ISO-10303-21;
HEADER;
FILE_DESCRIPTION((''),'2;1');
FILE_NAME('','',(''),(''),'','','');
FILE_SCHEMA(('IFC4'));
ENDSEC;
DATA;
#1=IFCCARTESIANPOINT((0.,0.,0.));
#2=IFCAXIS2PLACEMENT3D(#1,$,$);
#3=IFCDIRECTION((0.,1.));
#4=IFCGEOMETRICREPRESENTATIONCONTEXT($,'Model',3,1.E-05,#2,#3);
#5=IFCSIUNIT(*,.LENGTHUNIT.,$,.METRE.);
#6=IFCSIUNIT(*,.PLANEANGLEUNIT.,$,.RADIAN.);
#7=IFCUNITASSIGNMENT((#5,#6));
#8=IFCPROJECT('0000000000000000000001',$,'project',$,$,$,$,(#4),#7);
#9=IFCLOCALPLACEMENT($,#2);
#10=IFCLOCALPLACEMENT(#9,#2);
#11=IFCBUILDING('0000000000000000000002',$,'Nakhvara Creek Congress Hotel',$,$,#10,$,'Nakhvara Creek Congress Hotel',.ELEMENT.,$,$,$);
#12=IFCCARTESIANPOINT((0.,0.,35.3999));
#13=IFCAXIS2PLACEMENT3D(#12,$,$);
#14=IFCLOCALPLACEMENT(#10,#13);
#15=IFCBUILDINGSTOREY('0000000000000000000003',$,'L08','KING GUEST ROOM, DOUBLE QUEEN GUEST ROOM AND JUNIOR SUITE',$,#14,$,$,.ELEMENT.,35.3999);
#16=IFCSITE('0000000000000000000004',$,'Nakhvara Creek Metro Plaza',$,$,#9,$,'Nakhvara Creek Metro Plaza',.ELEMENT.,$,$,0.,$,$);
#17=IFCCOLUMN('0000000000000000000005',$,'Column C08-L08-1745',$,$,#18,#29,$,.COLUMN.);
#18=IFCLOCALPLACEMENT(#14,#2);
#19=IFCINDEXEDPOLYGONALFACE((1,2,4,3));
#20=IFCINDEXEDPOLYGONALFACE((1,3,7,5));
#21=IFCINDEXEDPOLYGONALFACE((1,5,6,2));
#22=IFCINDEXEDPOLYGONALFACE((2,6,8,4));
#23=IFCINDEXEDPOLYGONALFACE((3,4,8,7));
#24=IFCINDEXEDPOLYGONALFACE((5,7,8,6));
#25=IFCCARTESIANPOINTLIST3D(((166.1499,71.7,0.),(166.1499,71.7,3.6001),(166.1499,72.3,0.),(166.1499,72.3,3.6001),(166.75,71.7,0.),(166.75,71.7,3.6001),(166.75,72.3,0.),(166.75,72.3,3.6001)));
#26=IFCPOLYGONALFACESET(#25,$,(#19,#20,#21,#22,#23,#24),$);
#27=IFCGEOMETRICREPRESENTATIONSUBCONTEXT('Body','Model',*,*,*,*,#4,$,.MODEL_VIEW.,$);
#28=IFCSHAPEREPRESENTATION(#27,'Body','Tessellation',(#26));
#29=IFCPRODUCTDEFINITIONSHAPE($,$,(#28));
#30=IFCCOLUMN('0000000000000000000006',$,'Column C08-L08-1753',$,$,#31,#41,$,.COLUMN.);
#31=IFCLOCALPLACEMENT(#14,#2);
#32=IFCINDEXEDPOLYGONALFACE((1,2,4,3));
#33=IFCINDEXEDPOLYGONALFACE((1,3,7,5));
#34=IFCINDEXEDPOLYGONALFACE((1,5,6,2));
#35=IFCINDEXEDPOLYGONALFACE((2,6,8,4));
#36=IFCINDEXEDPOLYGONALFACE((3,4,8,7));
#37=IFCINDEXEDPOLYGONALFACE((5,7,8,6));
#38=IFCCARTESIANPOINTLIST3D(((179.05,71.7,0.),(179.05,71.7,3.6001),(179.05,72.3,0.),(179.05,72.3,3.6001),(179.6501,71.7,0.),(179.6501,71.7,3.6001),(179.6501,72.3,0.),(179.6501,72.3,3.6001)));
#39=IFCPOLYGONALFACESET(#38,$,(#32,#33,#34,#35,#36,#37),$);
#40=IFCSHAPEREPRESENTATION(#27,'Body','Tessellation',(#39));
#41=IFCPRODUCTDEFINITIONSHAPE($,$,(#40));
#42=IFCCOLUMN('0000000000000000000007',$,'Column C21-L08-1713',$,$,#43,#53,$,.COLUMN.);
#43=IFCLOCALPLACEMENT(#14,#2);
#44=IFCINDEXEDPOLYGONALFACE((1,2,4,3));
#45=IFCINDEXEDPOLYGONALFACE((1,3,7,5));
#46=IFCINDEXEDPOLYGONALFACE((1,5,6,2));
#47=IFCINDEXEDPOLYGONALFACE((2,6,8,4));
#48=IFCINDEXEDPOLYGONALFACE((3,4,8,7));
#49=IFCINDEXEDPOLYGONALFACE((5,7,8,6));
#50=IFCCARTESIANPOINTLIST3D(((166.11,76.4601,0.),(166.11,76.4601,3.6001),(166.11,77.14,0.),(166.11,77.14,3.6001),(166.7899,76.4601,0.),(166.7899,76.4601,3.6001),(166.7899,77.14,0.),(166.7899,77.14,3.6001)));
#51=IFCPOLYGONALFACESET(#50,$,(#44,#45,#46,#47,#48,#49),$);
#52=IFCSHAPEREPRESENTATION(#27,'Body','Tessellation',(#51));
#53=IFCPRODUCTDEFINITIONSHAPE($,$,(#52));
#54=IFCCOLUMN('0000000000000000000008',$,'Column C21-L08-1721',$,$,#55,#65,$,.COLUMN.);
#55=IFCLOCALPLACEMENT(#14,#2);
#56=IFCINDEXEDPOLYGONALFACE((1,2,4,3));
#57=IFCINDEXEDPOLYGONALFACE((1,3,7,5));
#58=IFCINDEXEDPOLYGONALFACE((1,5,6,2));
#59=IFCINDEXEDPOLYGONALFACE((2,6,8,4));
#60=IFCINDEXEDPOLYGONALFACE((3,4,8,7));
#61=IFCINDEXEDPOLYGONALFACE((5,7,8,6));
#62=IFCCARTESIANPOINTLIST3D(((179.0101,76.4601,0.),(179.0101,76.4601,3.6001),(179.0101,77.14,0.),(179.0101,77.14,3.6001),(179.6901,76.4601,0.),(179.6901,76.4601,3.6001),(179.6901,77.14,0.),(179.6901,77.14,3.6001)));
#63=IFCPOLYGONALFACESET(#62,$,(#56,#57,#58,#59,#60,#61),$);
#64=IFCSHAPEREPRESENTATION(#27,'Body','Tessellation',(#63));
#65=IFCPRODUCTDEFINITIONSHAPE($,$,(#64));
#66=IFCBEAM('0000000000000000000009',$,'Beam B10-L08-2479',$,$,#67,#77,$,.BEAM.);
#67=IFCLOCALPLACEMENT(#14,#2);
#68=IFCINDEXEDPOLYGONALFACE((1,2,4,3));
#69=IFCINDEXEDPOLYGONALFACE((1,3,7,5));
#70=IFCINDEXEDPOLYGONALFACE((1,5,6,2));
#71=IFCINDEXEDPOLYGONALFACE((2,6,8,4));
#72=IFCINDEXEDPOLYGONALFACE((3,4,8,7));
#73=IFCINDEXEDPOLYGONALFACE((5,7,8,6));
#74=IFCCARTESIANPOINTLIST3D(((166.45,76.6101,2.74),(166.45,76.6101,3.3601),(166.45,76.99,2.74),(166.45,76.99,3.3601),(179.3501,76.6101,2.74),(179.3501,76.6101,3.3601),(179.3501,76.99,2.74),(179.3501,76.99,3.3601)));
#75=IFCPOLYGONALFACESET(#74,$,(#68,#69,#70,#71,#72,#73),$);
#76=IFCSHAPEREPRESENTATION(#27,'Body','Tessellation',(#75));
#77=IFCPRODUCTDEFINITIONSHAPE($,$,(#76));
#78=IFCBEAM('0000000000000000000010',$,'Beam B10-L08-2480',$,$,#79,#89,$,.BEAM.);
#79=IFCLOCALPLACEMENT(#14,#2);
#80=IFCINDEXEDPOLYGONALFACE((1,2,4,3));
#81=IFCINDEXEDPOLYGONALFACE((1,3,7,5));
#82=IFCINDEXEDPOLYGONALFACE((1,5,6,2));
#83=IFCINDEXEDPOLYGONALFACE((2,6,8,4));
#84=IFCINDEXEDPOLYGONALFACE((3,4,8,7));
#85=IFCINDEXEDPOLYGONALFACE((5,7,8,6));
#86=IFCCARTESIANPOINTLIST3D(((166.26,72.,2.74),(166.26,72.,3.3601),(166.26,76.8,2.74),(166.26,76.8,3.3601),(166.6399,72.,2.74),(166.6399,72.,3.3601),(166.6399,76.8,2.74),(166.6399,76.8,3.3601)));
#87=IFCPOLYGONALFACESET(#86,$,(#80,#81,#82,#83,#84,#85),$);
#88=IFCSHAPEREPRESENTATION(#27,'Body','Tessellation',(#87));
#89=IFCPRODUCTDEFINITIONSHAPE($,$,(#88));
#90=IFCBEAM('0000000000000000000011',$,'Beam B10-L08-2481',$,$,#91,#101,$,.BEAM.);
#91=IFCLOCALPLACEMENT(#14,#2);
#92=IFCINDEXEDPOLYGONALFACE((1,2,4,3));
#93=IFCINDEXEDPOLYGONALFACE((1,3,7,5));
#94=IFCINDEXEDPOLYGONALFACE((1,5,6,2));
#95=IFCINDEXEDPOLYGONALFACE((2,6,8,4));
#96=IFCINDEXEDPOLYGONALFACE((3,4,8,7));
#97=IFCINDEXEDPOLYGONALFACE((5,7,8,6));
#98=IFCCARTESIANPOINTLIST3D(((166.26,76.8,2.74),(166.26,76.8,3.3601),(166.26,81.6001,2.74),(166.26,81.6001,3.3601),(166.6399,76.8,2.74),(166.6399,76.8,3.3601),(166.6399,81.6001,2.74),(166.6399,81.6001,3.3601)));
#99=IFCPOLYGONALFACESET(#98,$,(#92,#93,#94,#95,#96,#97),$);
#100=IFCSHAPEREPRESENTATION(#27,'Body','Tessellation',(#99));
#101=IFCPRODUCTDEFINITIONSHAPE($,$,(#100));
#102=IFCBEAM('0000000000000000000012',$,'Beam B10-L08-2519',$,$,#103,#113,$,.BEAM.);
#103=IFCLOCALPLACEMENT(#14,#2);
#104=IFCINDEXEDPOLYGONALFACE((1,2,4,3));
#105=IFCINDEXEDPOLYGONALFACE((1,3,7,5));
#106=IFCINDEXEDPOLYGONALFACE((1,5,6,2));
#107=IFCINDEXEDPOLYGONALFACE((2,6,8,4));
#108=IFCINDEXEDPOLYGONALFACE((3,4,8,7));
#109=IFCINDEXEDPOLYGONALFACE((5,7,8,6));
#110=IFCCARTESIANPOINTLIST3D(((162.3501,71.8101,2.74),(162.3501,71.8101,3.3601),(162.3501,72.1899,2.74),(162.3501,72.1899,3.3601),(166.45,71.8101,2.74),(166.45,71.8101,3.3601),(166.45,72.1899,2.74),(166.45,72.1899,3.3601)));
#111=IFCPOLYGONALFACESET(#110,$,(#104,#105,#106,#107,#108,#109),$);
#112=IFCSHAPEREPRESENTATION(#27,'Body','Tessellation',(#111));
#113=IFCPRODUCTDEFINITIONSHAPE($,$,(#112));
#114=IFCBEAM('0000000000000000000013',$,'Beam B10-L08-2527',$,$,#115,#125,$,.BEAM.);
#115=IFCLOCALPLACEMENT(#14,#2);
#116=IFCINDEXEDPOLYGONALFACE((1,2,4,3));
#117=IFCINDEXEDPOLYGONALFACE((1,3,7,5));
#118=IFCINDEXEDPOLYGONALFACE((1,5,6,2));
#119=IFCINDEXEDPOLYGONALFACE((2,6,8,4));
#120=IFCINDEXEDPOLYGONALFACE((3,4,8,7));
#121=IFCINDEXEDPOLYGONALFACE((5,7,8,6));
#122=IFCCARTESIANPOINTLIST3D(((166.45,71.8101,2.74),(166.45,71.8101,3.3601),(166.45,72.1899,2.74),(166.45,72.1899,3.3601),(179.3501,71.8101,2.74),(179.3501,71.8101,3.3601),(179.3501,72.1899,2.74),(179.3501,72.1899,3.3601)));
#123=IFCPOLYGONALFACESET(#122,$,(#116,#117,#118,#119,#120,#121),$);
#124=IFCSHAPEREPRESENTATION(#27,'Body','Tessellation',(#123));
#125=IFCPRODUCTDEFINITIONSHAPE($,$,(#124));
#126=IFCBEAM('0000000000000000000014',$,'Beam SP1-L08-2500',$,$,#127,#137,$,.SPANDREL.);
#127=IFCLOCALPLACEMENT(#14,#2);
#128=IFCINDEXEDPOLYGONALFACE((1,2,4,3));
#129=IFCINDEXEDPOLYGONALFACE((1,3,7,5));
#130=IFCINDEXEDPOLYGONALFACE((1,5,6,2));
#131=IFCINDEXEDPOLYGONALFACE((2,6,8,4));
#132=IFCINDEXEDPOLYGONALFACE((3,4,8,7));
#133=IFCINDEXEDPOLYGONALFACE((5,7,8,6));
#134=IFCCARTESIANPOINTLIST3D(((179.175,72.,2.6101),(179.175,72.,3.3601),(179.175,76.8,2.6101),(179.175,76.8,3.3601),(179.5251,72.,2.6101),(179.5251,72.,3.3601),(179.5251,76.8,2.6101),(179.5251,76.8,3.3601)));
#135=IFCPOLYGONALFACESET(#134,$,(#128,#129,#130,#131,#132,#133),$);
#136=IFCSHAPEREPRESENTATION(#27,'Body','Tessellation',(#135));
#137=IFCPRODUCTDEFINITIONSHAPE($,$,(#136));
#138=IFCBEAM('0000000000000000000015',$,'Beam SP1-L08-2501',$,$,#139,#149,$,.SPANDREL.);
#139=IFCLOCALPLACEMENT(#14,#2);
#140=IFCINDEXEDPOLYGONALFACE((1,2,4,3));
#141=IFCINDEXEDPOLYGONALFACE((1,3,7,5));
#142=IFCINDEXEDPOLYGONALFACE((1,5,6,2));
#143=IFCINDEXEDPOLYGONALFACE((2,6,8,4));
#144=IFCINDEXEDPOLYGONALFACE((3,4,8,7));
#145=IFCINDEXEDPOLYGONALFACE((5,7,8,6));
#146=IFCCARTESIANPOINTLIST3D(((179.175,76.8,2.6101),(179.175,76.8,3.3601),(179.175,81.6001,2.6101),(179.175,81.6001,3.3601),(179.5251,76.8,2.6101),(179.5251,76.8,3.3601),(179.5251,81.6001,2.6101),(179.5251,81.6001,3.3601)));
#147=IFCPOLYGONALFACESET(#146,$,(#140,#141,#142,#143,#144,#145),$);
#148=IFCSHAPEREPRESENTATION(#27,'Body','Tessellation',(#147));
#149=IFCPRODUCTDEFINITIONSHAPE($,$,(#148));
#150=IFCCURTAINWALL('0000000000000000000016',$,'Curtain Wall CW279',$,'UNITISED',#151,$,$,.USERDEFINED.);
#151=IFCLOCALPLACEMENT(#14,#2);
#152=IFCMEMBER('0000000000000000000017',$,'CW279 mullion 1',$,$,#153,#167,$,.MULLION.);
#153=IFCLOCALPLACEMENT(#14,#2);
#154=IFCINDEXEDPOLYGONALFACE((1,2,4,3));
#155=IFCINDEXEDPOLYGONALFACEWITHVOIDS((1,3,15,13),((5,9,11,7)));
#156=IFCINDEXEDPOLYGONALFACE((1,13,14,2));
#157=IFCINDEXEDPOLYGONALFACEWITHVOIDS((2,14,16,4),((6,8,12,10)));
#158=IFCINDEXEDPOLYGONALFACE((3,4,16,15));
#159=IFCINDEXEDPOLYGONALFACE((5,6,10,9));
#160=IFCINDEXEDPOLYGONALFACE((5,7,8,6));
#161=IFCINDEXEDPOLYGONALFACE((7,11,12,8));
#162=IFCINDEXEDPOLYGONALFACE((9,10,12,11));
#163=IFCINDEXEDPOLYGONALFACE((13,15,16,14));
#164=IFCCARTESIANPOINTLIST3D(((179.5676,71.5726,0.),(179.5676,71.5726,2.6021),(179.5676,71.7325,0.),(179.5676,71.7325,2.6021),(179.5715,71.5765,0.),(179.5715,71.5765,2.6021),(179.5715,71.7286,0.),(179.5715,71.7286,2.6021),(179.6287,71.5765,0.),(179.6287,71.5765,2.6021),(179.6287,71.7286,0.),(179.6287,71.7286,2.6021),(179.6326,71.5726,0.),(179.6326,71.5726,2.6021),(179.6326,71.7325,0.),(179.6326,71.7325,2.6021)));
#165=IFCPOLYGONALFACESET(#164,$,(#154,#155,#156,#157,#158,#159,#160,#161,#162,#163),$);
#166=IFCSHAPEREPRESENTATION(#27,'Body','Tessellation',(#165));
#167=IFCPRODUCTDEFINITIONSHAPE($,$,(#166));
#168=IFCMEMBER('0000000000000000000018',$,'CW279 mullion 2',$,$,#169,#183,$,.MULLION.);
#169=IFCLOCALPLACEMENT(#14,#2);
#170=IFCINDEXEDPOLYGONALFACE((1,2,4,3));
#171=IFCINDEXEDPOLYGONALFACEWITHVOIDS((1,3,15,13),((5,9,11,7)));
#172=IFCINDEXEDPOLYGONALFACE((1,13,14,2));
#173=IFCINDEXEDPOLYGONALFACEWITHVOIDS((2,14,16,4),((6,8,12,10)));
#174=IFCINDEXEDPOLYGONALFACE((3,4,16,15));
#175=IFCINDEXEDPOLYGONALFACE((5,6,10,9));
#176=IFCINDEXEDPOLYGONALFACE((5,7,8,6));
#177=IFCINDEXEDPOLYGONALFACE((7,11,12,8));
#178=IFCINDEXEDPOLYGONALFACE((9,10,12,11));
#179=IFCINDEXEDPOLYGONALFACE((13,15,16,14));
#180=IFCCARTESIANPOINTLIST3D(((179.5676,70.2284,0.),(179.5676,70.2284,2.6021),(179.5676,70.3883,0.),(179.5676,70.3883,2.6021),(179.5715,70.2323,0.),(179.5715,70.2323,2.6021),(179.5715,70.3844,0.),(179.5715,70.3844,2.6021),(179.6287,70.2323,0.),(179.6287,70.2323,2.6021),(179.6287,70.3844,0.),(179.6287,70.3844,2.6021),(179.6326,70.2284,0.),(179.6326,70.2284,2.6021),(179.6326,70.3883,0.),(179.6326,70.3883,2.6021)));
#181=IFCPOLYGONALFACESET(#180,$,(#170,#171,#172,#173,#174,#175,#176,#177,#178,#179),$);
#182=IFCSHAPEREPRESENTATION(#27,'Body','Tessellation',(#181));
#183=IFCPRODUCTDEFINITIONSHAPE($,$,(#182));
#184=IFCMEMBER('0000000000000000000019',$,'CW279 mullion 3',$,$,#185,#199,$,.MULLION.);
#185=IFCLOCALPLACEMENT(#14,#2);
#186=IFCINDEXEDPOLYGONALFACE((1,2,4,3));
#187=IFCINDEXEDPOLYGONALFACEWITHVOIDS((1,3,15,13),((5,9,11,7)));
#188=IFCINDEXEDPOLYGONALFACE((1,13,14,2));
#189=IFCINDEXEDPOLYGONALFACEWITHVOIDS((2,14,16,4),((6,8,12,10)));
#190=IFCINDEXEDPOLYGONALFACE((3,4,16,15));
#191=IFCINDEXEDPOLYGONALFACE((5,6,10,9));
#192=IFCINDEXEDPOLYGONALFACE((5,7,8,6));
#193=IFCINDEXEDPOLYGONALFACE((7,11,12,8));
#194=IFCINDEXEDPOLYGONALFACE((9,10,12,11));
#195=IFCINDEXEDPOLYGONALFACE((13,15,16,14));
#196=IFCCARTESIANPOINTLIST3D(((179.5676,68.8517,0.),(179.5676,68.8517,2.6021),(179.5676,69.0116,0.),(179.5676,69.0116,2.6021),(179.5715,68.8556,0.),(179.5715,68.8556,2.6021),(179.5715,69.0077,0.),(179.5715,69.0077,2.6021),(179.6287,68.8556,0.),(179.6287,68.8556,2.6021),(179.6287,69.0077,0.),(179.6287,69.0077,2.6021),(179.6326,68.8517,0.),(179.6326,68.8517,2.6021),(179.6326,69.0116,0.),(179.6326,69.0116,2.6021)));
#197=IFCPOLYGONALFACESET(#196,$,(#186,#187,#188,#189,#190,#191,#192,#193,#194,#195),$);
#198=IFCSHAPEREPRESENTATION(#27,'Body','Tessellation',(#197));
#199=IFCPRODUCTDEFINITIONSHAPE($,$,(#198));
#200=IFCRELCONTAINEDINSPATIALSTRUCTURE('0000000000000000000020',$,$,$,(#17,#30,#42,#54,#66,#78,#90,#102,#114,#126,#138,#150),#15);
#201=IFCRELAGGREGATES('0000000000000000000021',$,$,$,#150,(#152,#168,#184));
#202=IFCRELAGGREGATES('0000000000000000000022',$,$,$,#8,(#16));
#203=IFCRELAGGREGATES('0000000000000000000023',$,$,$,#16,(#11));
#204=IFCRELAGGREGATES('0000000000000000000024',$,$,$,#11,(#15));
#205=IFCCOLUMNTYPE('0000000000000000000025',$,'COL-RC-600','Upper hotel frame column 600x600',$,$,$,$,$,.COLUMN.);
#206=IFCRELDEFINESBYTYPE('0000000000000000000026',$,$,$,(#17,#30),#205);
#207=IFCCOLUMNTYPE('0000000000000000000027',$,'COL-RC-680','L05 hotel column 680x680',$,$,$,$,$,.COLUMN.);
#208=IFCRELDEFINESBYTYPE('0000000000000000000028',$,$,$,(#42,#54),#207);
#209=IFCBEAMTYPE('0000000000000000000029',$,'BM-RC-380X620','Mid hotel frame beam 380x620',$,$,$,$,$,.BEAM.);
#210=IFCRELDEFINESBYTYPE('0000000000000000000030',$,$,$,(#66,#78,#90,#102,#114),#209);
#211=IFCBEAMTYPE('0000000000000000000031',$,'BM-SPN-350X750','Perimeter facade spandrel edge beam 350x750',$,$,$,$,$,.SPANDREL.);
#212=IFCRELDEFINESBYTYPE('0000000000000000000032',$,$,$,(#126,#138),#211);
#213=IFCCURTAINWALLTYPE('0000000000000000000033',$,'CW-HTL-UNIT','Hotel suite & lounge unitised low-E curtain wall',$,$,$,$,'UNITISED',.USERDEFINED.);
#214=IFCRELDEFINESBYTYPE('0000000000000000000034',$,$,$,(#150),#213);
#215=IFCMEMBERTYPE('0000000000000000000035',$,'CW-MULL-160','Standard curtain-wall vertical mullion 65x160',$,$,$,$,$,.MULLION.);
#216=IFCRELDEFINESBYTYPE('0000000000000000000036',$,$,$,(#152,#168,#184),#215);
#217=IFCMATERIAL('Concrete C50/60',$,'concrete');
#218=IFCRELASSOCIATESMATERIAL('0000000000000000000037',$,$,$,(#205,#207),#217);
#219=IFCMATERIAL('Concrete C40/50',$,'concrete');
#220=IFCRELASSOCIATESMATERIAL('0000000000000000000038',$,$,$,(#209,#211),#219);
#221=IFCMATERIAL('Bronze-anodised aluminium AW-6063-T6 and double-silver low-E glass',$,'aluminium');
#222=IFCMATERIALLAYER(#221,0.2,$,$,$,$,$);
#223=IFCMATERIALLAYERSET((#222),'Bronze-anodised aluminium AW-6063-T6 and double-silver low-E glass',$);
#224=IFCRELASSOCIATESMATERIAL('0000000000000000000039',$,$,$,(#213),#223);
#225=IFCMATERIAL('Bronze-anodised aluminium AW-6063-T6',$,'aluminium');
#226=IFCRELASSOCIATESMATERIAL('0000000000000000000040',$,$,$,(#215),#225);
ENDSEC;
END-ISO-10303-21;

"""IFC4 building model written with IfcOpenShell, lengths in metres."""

from ifc_helpers import new_model, si_unit, direction, frame, origin, origin_2d, place, context, subcontext, project, spatial, rectangle, hollow_rectangle, extrude, material, layer, layer_set, material_profile, profile_set, type_object, element, aggregate, save


model = new_model("IFC4")

# Units and contexts
model_context = context("Model", 3, precision=1e-05, world=origin(), true_north=direction((0.0, 1.0)))
body_context = subcontext(model_context, "Body", "Model", "MODEL_VIEW")
ifc_project = project(units=[si_unit("LENGTHUNIT", "METRE"), si_unit("PLANEANGLEUNIT", "RADIAN")], contexts=[model_context])

# Site, building, storey
site_placement = place(None, origin())
site = spatial("IfcSite", under=ifc_project, at=site_placement, Name="Nakhvara Creek Metro Plaza", LongName="Nakhvara Creek Metro Plaza", CompositionType="ELEMENT", RefElevation=0.0)
building_placement = place(site_placement, origin())
building = spatial("IfcBuilding", under=site, at=building_placement, Name="Nakhvara Creek Congress Hotel", LongName="Nakhvara Creek Congress Hotel", CompositionType="ELEMENT")
storey_placement = place(building_placement, frame((0.0, 0.0, 35.3999)))
storey = spatial("IfcBuildingStorey", under=building, at=storey_placement, Name="L08", Description="KING GUEST ROOM, DOUBLE QUEEN GUEST ROOM AND JUNIOR SUITE", CompositionType="ELEMENT", Elevation=35.3999)

# Columns
ifc_material_1 = material(Name="Concrete C50/60", Category="concrete")
ifc_material_profile_1 = material_profile(ifc_material_1, rectangle(XDim=0.6001, YDim=0.6001, at=origin_2d()), Name="RC-COL 600x600", Category="LoadBearing")
ifc_profile_set_1 = profile_set([ifc_material_profile_1], Name="Concrete C50/60")
column_type_1 = type_object("IfcColumnType", Name="COL-RC-600", Description="Upper hotel frame column 600x600", PredefinedType="COLUMN", material=ifc_profile_set_1)
for number, where, z_axis, x_axis, name in (
    (1, (166.45, 72.0, 0.0), (0.0, 0.0, 1.0), (1.0, 0.0, 0.0), "Column C08-L08-1745"),
    (2, (179.3501, 72.0, 0.0), (0.0, 0.0, 1.0), (1.0, 0.0, 0.0), "Column C08-L08-1753"),
):
    element("IfcColumn", number, at=place(storey_placement, frame(where, z_axis=z_axis, x_axis=x_axis)), inside=storey, type_object=column_type_1, Name=name, PredefinedType="COLUMN", context=body_context, shape_type="SweptSolid", body=[
        extrude(rectangle(XDim=0.6001, YDim=0.6001, at=origin_2d()), origin(), (0.0, 0.0, 1.0), 3.6001),
    ])
ifc_material_profile_2 = material_profile(ifc_material_1, rectangle(XDim=0.6799, YDim=0.6799, at=origin_2d()), Name="RC-COL 680x680", Category="LoadBearing")
ifc_profile_set_2 = profile_set([ifc_material_profile_2], Name="Concrete C50/60")
column_type_2 = type_object("IfcColumnType", Name="COL-RC-680", Description="L05 hotel column 680x680", PredefinedType="COLUMN", material=ifc_profile_set_2)
for number, where, z_axis, x_axis, name in (
    (3, (166.45, 76.8, 0.0), (0.0, 0.0, 1.0), (1.0, 0.0, 0.0), "Column C21-L08-1713"),
    (4, (179.3501, 76.8, 0.0), (0.0, 0.0, 1.0), (1.0, 0.0, 0.0), "Column C21-L08-1721"),
):
    element("IfcColumn", number, at=place(storey_placement, frame(where, z_axis=z_axis, x_axis=x_axis)), inside=storey, type_object=column_type_2, Name=name, PredefinedType="COLUMN", context=body_context, shape_type="SweptSolid", body=[
        extrude(rectangle(XDim=0.6799, YDim=0.6799, at=origin_2d()), origin(), (0.0, 0.0, 1.0), 3.6001),
    ])

# Beams
ifc_material_2 = material(Name="Concrete C40/50", Category="concrete")
ifc_material_profile_3 = material_profile(ifc_material_2, rectangle(XDim=0.3799, YDim=0.6201, at=origin_2d()), Name="RC-BM 380x620", Category="LoadBearing")
ifc_profile_set_3 = profile_set([ifc_material_profile_3], Name="Concrete C40/50")
beam_type_1 = type_object("IfcBeamType", Name="BM-RC-380X620", Description="Mid hotel frame beam 380x620", PredefinedType="BEAM", material=ifc_profile_set_3)
beam_1_placement = place(storey_placement, frame((166.45, 76.8, 3.05), z_axis=(1.0, 0.0, 0.0), x_axis=(0.0, 1.0, 0.0)))
element("IfcBeam", 5, at=beam_1_placement, inside=storey, type_object=beam_type_1, Name="Beam B10-L08-2479", PredefinedType="BEAM", context=body_context, shape_type="SweptSolid", body=[
    extrude(rectangle(XDim=0.3799, YDim=0.6201, at=origin_2d()), origin(), (0.0, 0.0, 1.0), 12.9001),
])
for number, where, z_axis, x_axis, name in (
    (6, (166.45, 72.0, 3.05), (0.0, 1.0, 0.0), (-1.0, 0.0, 0.0), "Beam B10-L08-2480"),
    (7, (166.45, 76.8, 3.05), (0.0, 1.0, 0.0), (-1.0, 0.0, 0.0), "Beam B10-L08-2481"),
):
    element("IfcBeam", number, at=place(storey_placement, frame(where, z_axis=z_axis, x_axis=x_axis)), inside=storey, type_object=beam_type_1, Name=name, PredefinedType="BEAM", context=body_context, shape_type="SweptSolid", body=[
        extrude(rectangle(XDim=0.3799, YDim=0.6201, at=origin_2d()), origin(), (0.0, 0.0, 1.0), 4.8),
    ])
beam_2_placement = place(storey_placement, frame((162.3501, 72.0, 3.05), z_axis=(1.0, 0.0, 0.0), x_axis=(0.0, 1.0, 0.0)))
element("IfcBeam", 8, at=beam_2_placement, inside=storey, type_object=beam_type_1, Name="Beam B10-L08-2519", PredefinedType="BEAM", context=body_context, shape_type="SweptSolid", body=[
    extrude(rectangle(XDim=0.3799, YDim=0.6201, at=origin_2d()), origin(), (0.0, 0.0, 1.0), 4.0999),
])
beam_3_placement = place(storey_placement, frame((166.45, 72.0, 3.05), z_axis=(1.0, 0.0, 0.0), x_axis=(0.0, 1.0, 0.0)))
element("IfcBeam", 9, at=beam_3_placement, inside=storey, type_object=beam_type_1, Name="Beam B10-L08-2527", PredefinedType="BEAM", context=body_context, shape_type="SweptSolid", body=[
    extrude(rectangle(XDim=0.3799, YDim=0.6201, at=origin_2d()), origin(), (0.0, 0.0, 1.0), 12.9001),
])
ifc_material_profile_4 = material_profile(ifc_material_2, rectangle(XDim=0.3501, YDim=0.75, at=origin_2d()), Name="RC-SPANDREL 350x750", Category="LoadBearing")
ifc_profile_set_4 = profile_set([ifc_material_profile_4], Name="Concrete C40/50")
beam_type_2 = type_object("IfcBeamType", Name="BM-SPN-350X750", Description="Perimeter facade spandrel edge beam 350x750", PredefinedType="SPANDREL", material=ifc_profile_set_4)
for number, where, z_axis, x_axis, name in (
    (10, (179.3501, 72.0, 2.9851), (0.0, 1.0, 0.0), (-1.0, 0.0, 0.0), "Beam SP1-L08-2500"),
    (11, (179.3501, 76.8, 2.9851), (0.0, 1.0, 0.0), (-1.0, 0.0, 0.0), "Beam SP1-L08-2501"),
):
    element("IfcBeam", number, at=place(storey_placement, frame(where, z_axis=z_axis, x_axis=x_axis)), inside=storey, type_object=beam_type_2, Name=name, PredefinedType="SPANDREL", context=body_context, shape_type="SweptSolid", body=[
        extrude(rectangle(XDim=0.3501, YDim=0.75, at=origin_2d()), origin(), (0.0, 0.0, 1.0), 4.8),
    ])

# Curtain wall, members
ifc_material_3 = material(Name="Bronze-anodised aluminium AW-6063-T6 and double-silver low-E glass", Category="aluminium")
ifc_layer_1 = layer(ifc_material_3, 0.2)
ifc_layer_set_1 = layer_set([ifc_layer_1], Name="Bronze-anodised aluminium AW-6063-T6 and double-silver low-E glass")
curtain_wall_type = type_object("IfcCurtainWallType", Name="CW-HTL-UNIT", Description="Hotel suite & lounge unitised low-E curtain wall", ElementType="UNITISED", PredefinedType="USERDEFINED", material=ifc_layer_set_1)
curtain_wall_1_placement = place(storey_placement, origin())
curtain_wall_1 = element("IfcCurtainWall", 12, at=curtain_wall_1_placement, inside=storey, type_object=curtain_wall_type, Name="Curtain Wall CW279", ObjectType="UNITISED", PredefinedType="USERDEFINED")
ifc_material_4 = material(Name="Bronze-anodised aluminium AW-6063-T6", Category="aluminium")
ifc_material_profile_5 = material_profile(ifc_material_4, hollow_rectangle(XDim=0.0649, YDim=0.1599, WallThickness=0.0039, at=origin_2d()), Name="ALU-MULL 65x160x4", Category="LoadBearing")
ifc_profile_set_5 = profile_set([ifc_material_profile_5], Name="Bronze-anodised aluminium AW-6063-T6")
member_type_1 = type_object("IfcMemberType", Name="CW-MULL-160", Description="Standard curtain-wall vertical mullion 65x160", PredefinedType="MULLION", material=ifc_profile_set_5)
member_1_placement = place(storey_placement, frame((179.6001, 71.6526, 0.0), z_axis=(0.0, 0.0, 1.0), x_axis=(1.0, 0.0, 0.0)))
member_1 = element("IfcMember", 13, at=member_1_placement, type_object=member_type_1, Name="CW279 mullion 1", PredefinedType="MULLION", context=body_context, shape_type="SweptSolid", body=[
    extrude(hollow_rectangle(XDim=0.0649, YDim=0.1599, WallThickness=0.0039, at=origin_2d()), origin(), (0.0, 0.0, 1.0), 2.6021),
])
member_2_placement = place(storey_placement, frame((179.6001, 70.3083, 0.0), z_axis=(0.0, 0.0, 1.0), x_axis=(1.0, 0.0, 0.0)))
member_2 = element("IfcMember", 14, at=member_2_placement, type_object=member_type_1, Name="CW279 mullion 2", PredefinedType="MULLION", context=body_context, shape_type="SweptSolid", body=[
    extrude(hollow_rectangle(XDim=0.0649, YDim=0.1599, WallThickness=0.0039, at=origin_2d()), origin(), (0.0, 0.0, 1.0), 2.6021),
])
member_3_placement = place(storey_placement, frame((179.6001, 68.9316, 0.0), z_axis=(0.0, 0.0, 1.0), x_axis=(1.0, 0.0, 0.0)))
member_3 = element("IfcMember", 15, at=member_3_placement, type_object=member_type_1, Name="CW279 mullion 3", PredefinedType="MULLION", context=body_context, shape_type="SweptSolid", body=[
    extrude(hollow_rectangle(XDim=0.0649, YDim=0.1599, WallThickness=0.0039, at=origin_2d()), origin(), (0.0, 0.0, 1.0), 2.6021),
])

aggregate(curtain_wall_1, [member_1, member_2, member_3])

save(model, "model.ifc")
